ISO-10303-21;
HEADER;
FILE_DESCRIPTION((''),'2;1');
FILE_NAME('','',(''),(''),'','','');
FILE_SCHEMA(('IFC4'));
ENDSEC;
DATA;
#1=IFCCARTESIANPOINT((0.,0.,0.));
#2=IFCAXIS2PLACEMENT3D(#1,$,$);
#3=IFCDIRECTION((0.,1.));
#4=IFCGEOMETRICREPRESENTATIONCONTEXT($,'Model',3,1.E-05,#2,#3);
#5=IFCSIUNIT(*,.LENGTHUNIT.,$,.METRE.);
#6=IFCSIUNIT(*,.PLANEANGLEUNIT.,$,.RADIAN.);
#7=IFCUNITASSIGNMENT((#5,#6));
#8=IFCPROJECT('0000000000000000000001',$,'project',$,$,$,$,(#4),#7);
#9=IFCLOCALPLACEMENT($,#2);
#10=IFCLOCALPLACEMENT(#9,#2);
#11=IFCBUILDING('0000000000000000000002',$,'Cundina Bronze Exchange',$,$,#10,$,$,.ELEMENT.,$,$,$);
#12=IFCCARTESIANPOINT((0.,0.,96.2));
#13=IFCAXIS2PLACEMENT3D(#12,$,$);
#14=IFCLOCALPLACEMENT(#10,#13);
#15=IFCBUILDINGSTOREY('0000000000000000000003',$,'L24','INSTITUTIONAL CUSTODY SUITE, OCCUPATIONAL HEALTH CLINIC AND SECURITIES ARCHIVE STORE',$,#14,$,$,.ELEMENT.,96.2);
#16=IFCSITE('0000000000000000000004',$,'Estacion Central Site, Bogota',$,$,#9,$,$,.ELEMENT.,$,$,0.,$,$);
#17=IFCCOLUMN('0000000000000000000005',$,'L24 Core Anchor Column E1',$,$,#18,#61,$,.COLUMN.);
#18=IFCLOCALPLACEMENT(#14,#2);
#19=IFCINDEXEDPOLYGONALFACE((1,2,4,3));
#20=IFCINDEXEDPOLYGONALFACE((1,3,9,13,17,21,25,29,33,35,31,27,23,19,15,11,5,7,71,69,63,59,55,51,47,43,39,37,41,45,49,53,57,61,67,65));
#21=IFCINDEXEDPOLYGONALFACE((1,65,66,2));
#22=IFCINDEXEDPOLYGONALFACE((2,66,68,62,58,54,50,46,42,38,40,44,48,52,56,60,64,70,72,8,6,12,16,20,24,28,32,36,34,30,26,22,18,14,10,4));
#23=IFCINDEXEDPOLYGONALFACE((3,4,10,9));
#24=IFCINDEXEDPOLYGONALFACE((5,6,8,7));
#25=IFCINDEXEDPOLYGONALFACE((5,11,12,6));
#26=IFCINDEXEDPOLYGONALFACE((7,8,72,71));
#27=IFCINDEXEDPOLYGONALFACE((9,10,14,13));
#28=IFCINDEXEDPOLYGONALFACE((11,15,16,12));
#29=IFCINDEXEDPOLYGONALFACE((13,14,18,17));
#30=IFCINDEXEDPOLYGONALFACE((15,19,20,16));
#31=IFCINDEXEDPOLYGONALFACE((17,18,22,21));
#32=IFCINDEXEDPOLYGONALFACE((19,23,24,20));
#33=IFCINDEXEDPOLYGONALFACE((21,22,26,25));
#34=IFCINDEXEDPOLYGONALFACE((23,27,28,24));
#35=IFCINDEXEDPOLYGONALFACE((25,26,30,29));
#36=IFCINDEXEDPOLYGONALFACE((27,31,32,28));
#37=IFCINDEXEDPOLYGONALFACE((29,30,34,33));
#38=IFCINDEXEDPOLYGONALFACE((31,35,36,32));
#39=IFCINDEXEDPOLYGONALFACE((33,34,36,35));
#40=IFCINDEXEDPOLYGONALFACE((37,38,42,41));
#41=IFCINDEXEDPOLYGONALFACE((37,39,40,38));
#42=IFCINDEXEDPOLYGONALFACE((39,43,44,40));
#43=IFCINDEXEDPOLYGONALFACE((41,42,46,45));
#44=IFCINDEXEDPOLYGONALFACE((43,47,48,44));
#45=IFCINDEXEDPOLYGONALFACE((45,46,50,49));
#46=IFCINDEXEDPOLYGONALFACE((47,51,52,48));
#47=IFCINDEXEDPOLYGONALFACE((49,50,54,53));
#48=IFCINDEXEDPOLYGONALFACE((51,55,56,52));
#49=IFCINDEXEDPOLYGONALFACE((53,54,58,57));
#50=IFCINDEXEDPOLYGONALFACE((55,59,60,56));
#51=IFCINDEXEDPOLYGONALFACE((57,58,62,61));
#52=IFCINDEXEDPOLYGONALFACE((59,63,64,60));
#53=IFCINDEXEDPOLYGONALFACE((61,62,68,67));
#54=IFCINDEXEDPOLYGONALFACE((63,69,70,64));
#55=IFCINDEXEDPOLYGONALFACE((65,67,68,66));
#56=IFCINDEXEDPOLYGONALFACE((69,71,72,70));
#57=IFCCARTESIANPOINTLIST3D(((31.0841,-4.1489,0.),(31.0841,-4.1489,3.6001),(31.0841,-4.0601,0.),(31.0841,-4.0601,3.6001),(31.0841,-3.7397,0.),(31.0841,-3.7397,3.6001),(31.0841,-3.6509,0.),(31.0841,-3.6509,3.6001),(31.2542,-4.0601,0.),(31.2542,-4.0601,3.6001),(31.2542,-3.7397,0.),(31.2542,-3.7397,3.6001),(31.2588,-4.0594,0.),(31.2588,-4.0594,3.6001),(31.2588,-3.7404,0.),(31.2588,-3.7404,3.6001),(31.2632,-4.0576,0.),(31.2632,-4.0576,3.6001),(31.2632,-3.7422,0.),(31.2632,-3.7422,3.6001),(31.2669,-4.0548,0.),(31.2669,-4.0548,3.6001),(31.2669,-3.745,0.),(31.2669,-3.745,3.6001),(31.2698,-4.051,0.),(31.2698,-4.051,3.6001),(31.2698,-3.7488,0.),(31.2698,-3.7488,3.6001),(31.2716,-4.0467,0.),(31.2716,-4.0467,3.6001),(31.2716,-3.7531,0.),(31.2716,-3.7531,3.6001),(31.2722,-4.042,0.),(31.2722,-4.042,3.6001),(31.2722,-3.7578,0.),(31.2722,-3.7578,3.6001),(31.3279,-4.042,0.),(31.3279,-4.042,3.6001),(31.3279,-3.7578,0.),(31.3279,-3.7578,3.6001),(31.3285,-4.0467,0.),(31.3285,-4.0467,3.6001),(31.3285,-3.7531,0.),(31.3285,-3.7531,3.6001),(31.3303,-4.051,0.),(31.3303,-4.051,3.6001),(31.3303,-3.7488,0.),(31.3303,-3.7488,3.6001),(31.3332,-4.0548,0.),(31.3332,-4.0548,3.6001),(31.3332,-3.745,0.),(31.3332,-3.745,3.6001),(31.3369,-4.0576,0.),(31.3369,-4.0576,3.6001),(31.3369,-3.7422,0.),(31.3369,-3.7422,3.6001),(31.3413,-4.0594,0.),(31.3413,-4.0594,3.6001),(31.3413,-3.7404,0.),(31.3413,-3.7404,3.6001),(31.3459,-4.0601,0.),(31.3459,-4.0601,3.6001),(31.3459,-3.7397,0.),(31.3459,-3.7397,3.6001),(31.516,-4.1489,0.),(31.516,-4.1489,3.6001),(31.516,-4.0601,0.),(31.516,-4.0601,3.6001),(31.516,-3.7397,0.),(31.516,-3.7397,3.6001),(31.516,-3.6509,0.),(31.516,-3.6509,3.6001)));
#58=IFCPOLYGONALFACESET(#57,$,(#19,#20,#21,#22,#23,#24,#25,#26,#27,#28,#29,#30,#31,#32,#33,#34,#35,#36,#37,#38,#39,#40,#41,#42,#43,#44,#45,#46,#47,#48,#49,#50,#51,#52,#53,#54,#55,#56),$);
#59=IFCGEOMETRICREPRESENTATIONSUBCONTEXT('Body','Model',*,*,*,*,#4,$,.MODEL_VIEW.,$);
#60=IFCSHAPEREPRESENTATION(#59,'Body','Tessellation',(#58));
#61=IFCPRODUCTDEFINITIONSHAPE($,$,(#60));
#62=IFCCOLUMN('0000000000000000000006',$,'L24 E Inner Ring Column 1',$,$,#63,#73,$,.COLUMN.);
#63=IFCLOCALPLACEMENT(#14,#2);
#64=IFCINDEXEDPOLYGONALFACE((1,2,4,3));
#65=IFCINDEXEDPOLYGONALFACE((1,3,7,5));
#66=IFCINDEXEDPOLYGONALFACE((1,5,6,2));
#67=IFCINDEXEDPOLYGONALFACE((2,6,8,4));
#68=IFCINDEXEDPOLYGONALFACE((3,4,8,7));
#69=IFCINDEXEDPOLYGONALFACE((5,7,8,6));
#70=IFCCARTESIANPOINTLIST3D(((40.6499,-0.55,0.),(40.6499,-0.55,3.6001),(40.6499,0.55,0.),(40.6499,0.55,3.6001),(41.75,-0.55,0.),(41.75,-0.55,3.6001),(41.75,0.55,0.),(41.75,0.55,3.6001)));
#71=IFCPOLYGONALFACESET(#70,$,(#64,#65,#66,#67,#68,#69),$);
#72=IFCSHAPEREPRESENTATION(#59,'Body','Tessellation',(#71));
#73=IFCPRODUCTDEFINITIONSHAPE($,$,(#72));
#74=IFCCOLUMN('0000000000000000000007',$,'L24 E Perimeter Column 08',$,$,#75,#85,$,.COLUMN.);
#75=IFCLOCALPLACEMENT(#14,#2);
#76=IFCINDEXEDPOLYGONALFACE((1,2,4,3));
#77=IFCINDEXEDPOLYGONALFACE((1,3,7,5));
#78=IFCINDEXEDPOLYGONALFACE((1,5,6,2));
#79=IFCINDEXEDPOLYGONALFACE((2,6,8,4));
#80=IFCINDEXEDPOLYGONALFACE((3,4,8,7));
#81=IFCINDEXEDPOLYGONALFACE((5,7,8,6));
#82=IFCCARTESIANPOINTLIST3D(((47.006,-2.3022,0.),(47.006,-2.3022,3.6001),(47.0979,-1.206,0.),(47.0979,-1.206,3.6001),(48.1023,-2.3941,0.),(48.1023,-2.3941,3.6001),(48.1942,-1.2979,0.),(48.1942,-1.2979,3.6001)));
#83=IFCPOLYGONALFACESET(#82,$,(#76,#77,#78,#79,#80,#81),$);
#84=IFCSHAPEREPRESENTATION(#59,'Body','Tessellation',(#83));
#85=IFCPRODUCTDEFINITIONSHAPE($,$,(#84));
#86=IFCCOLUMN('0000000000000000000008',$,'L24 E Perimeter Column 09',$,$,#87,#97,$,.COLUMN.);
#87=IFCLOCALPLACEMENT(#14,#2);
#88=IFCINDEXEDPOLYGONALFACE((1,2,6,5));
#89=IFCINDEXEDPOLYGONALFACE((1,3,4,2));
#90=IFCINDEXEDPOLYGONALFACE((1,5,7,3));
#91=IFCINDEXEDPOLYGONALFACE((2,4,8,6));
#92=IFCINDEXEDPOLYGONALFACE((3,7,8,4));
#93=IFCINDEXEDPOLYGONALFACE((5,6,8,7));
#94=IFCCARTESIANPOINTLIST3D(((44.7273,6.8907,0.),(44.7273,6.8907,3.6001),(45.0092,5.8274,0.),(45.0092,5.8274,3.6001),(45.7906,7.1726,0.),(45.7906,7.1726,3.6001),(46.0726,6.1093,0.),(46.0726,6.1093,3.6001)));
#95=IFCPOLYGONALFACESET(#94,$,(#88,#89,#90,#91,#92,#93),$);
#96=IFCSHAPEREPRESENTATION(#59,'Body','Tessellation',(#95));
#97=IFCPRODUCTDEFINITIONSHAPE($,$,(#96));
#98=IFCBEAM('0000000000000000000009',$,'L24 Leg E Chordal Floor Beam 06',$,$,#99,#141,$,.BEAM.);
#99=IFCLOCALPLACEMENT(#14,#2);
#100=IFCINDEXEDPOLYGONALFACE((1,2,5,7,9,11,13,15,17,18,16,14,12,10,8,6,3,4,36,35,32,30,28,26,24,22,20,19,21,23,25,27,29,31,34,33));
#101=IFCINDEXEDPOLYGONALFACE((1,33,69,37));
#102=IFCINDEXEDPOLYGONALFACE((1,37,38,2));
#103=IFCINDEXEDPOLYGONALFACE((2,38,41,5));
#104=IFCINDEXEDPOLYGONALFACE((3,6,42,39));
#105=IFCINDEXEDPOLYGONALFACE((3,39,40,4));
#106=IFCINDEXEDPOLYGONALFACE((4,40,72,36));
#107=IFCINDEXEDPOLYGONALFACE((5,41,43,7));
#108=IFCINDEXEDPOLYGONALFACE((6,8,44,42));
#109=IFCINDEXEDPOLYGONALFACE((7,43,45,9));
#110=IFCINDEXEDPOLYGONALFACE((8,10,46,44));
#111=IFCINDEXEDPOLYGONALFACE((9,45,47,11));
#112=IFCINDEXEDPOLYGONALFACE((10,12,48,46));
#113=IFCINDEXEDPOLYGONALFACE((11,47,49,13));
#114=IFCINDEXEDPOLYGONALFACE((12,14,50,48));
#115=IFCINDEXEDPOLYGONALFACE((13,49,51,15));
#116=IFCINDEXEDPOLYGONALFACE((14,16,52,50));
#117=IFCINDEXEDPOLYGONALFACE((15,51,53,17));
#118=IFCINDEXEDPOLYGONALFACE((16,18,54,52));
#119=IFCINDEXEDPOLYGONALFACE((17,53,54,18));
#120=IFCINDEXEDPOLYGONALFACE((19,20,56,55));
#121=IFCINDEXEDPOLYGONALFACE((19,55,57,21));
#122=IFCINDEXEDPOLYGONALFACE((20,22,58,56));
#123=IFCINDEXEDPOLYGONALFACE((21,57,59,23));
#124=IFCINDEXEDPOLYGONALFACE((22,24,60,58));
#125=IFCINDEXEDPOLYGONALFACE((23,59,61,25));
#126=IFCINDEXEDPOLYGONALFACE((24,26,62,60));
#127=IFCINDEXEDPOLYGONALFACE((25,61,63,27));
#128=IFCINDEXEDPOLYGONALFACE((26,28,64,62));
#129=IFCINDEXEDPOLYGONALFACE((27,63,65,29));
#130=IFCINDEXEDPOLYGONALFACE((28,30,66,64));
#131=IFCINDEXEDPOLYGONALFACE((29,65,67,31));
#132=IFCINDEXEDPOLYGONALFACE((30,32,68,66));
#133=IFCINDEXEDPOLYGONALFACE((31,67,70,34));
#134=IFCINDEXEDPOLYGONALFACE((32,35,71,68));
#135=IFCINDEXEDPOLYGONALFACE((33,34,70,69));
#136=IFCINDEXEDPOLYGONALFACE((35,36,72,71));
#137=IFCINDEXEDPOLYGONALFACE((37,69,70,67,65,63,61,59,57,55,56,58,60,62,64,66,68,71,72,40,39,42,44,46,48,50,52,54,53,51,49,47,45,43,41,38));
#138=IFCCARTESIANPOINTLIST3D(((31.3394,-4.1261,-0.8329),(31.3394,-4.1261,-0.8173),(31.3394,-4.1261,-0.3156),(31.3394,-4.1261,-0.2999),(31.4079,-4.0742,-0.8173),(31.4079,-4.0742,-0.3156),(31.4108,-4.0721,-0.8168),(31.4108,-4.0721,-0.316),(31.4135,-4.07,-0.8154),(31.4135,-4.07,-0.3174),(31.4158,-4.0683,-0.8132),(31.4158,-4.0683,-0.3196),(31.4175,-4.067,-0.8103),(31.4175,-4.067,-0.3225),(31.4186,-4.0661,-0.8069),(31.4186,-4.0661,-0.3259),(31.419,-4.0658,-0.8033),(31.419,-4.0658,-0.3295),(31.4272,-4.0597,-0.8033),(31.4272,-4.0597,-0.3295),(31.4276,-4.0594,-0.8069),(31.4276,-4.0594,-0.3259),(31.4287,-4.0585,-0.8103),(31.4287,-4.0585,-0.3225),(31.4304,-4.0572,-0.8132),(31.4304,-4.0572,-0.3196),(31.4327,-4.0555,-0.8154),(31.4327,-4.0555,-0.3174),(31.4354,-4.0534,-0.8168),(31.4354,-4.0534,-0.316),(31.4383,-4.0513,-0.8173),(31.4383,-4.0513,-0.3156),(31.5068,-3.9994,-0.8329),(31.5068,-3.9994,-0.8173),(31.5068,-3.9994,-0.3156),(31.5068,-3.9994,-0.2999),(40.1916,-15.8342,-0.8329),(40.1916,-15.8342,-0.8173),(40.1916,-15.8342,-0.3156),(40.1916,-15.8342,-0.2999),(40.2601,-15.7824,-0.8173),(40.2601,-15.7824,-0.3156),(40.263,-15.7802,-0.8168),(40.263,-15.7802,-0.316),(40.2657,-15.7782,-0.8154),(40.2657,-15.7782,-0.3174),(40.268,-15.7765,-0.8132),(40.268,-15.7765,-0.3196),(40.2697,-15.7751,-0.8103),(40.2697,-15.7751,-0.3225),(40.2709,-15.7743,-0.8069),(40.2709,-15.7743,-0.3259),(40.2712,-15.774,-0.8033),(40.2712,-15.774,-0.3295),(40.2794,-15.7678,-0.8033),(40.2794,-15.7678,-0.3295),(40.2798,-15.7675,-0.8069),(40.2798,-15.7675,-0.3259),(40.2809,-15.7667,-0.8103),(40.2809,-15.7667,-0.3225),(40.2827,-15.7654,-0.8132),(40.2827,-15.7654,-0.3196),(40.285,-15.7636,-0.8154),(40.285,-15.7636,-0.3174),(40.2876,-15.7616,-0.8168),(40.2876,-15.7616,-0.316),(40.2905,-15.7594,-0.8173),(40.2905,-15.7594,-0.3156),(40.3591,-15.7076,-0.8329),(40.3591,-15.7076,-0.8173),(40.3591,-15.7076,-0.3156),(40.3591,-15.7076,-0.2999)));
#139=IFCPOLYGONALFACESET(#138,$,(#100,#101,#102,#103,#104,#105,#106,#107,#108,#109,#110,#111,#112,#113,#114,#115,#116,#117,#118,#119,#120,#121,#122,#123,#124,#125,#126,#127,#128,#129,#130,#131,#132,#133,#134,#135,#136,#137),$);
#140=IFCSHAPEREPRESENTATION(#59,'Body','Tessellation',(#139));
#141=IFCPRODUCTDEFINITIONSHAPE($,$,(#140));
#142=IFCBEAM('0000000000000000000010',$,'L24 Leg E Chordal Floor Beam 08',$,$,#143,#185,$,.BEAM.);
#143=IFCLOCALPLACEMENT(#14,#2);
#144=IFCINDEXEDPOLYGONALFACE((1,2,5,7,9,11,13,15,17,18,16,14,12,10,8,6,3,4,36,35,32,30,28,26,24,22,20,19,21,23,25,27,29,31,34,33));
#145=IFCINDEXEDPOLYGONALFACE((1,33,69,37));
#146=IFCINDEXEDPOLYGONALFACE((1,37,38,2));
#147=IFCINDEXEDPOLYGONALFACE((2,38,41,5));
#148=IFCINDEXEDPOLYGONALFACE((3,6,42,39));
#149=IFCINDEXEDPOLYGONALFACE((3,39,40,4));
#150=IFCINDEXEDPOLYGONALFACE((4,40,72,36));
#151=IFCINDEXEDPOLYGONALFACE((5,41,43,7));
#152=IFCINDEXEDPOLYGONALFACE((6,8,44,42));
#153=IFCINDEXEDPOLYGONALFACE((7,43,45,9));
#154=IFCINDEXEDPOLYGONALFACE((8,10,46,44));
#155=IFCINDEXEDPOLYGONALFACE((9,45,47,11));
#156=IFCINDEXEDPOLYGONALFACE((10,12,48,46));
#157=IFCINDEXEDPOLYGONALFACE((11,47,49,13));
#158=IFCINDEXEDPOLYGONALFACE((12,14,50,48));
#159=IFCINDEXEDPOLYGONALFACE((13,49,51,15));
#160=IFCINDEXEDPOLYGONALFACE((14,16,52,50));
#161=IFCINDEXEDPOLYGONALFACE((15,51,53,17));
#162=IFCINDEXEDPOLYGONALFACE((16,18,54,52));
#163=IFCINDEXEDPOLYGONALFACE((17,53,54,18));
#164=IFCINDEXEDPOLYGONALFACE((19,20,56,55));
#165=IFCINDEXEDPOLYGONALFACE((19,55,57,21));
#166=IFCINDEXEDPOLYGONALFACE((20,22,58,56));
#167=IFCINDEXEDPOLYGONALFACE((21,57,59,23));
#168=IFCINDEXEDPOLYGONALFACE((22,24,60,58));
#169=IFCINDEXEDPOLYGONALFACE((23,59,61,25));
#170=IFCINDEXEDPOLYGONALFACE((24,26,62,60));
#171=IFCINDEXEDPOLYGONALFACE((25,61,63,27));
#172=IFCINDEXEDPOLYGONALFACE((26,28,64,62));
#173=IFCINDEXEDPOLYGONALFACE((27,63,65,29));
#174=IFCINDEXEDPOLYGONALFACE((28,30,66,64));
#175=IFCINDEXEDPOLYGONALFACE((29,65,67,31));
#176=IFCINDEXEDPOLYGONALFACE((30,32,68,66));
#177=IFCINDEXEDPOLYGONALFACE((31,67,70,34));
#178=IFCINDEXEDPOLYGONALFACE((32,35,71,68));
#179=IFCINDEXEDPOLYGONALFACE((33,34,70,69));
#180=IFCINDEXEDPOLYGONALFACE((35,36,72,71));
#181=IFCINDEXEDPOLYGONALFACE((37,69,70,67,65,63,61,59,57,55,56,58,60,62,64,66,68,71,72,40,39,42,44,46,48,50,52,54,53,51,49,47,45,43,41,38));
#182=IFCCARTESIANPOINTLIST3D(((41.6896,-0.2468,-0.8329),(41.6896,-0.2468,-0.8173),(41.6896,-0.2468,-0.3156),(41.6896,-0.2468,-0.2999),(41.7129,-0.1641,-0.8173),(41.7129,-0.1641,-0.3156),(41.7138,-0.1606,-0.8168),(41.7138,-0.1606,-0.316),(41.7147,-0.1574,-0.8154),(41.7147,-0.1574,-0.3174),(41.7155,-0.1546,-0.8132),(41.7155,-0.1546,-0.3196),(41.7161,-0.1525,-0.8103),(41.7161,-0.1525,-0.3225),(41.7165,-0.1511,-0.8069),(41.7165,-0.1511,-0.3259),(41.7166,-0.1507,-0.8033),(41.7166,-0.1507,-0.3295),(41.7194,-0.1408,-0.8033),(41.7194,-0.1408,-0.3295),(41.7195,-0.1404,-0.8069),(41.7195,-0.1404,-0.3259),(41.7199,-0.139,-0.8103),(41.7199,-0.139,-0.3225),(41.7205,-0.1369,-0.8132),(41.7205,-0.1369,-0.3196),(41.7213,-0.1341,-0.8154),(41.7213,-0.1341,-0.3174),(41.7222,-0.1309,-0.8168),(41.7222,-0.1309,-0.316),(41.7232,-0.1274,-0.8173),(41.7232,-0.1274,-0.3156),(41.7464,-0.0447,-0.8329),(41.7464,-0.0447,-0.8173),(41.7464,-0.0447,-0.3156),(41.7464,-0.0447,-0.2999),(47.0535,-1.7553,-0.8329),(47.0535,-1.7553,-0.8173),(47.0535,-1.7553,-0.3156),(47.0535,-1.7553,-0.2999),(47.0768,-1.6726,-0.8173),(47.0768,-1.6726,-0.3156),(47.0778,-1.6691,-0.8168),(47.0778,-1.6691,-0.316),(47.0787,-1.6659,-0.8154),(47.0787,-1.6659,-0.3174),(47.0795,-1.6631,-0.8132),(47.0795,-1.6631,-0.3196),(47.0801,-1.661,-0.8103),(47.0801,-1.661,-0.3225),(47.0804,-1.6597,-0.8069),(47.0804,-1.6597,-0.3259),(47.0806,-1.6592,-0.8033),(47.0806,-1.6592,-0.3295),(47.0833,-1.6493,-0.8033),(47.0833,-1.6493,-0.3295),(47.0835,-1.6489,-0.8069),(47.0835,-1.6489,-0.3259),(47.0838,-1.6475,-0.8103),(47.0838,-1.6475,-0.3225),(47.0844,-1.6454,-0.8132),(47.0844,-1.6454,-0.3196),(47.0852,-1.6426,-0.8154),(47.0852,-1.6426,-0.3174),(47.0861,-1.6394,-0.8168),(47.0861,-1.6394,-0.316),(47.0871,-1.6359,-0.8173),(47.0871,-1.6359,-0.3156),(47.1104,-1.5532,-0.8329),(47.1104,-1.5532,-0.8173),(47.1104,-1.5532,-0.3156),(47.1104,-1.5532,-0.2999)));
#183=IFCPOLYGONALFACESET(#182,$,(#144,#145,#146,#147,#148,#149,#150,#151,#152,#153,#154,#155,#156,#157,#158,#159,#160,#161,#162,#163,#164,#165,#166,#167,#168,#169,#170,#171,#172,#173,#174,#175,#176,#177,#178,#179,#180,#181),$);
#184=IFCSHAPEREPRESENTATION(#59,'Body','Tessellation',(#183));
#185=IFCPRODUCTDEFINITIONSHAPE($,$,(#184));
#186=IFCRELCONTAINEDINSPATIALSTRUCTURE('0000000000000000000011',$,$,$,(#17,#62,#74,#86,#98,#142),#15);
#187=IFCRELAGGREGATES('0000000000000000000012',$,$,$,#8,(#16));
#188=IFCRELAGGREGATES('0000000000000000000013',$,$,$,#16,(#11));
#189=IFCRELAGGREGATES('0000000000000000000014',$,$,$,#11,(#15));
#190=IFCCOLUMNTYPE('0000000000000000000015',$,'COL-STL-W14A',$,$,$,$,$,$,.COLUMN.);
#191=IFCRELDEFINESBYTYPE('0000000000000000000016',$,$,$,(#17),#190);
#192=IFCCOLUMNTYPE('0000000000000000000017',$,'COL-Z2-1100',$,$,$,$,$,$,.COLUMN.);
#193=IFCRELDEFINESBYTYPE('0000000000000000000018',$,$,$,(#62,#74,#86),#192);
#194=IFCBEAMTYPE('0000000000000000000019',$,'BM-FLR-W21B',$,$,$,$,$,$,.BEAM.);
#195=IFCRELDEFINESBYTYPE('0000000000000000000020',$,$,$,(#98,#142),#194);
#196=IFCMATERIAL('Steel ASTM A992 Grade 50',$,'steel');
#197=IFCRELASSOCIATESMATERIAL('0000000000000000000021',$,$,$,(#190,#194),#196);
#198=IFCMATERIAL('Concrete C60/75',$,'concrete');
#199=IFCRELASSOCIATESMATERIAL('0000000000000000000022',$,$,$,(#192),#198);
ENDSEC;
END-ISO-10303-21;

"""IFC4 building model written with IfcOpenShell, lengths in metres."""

from ifc_helpers import new_model, si_unit, direction, frame, origin, origin_2d, place, context, subcontext, project, spatial, rectangle, i_section, extrude, material, material_profile, profile_set, type_object, element, save


model = new_model("IFC4")

# Units and contexts
model_context = context("Model", 3, precision=1e-05, world=origin(), true_north=direction((0.0, 1.0)))
body_context = subcontext(model_context, "Body", "Model", "MODEL_VIEW")
ifc_project = project(units=[si_unit("LENGTHUNIT", "METRE"), si_unit("PLANEANGLEUNIT", "RADIAN")], contexts=[model_context])

# Site, building, storey
site_placement = place(None, origin())
site = spatial("IfcSite", under=ifc_project, at=site_placement, Name="Estacion Central Site, Bogota", CompositionType="ELEMENT", RefElevation=0.0)
building_placement = place(site_placement, origin())
building = spatial("IfcBuilding", under=site, at=building_placement, Name="Cundina Bronze Exchange", CompositionType="ELEMENT")
storey_placement = place(building_placement, frame((0.0, 0.0, 96.2)))
storey = spatial("IfcBuildingStorey", under=building, at=storey_placement, Name="L24", Description="INSTITUTIONAL CUSTODY SUITE, OCCUPATIONAL HEALTH CLINIC AND SECURITIES ARCHIVE STORE", CompositionType="ELEMENT", Elevation=96.2)

# Columns
ifc_material_1 = material(Name="Steel ASTM A992 Grade 50", Category="steel")
ifc_material_profile_1 = material_profile(ifc_material_1, i_section(OverallWidth=0.4319, OverallDepth=0.498, WebThickness=0.0557, FlangeThickness=0.0889, FilletRadius=0.0181, at=origin_2d()), Name="W14X500", Category="steel")
ifc_profile_set_1 = profile_set([ifc_material_profile_1], Name="Steel ASTM A992 Grade 50")
column_type_1 = type_object("IfcColumnType", Name="COL-STL-W14A", PredefinedType="COLUMN", material=ifc_profile_set_1)
column_placement = place(storey_placement, frame((31.3, -3.8999, 0.0), z_axis=(0.0, 0.0, 1.0), x_axis=(1.0, 0.0, 0.0)))
element("IfcColumn", 1, at=column_placement, inside=storey, type_object=column_type_1, Name="L24 Core Anchor Column E1", PredefinedType="COLUMN", context=body_context, shape_type="SweptSolid", body=[
    extrude(i_section(OverallWidth=0.4319, OverallDepth=0.498, WebThickness=0.0557, FlangeThickness=0.0889, FilletRadius=0.0181, at=origin_2d()), origin(), (0.0, 0.0, 1.0), 3.6001),
])
ifc_material_2 = material(Name="Concrete C60/75", Category="concrete")
ifc_material_profile_2 = material_profile(ifc_material_2, rectangle(XDim=1.1001, YDim=1.1001, at=origin_2d()), Name="RC1100X1100", Category="concrete")
ifc_profile_set_2 = profile_set([ifc_material_profile_2], Name="Concrete C60/75")
column_type_2 = type_object("IfcColumnType", Name="COL-Z2-1100", PredefinedType="COLUMN", material=ifc_profile_set_2)
for number, where, z_axis, x_axis, name in (
    (2, (41.2, 0.0, 0.0), (0.0, 0.0, 1.0), (1.0, 0.0, 0.0), "L24 E Inner Ring Column 1"),
    (3, (47.6001, -1.8, 0.0), (0.0, 0.0, 1.0), (0.083504, 0.996507, 0.0), "L24 E Perimeter Column 08"),
    (4, (45.3999, 6.5, 0.0), (0.0, 0.0, 1.0), (-0.256289, 0.9666, 0.0), "L24 E Perimeter Column 09"),
):
    element("IfcColumn", number, at=place(storey_placement, frame(where, z_axis=z_axis, x_axis=x_axis)), inside=storey, type_object=column_type_2, Name=name, PredefinedType="COLUMN", context=body_context, shape_type="SweptSolid", body=[
        extrude(rectangle(XDim=1.1001, YDim=1.1001, at=origin_2d()), origin(), (0.0, 0.0, 1.0), 3.6001),
    ])

# Beams
ifc_material_profile_3 = material_profile(ifc_material_1, i_section(OverallWidth=0.21, OverallDepth=0.533, WebThickness=0.0103, FlangeThickness=0.0156, FilletRadius=0.0139, at=origin_2d()), Name="W21X62", Category="steel")
ifc_profile_set_3 = profile_set([ifc_material_profile_3], Name="Steel ASTM A992 Grade 50")
beam_type_1 = type_object("IfcBeamType", Name="BM-FLR-W21B", PredefinedType="BEAM", material=ifc_profile_set_3)
beam_1_placement = place(storey_placement, frame((31.4231, -4.0627, -0.5664), z_axis=(0.603096, -0.797669, 0.0), x_axis=(0.797669, 0.603096, 0.0)))
element("IfcBeam", 5, at=beam_1_placement, inside=storey, type_object=beam_type_1, Name="L24 Leg E Chordal Floor Beam 06", PredefinedType="BEAM", context=body_context, shape_type="SweptSolid", body=[
    extrude(i_section(OverallWidth=0.21, OverallDepth=0.533, WebThickness=0.0103, FlangeThickness=0.0156, FilletRadius=0.0139, at=origin_2d()), origin(), (0.0, 0.0, 1.0), 14.678),
])
beam_2_placement = place(storey_placement, frame((41.718, -0.1458, -0.5664), z_axis=(0.962655, -0.270732, 0.0), x_axis=(0.270732, 0.962655, 0.0)))
element("IfcBeam", 6, at=beam_2_placement, inside=storey, type_object=beam_type_1, Name="L24 Leg E Chordal Floor Beam 08", PredefinedType="BEAM", context=body_context, shape_type="SweptSolid", body=[
    extrude(i_section(OverallWidth=0.21, OverallDepth=0.533, WebThickness=0.0103, FlangeThickness=0.0156, FilletRadius=0.0139, at=origin_2d()), origin(), (0.0, 0.0, 1.0), 5.572),
])

save(model, "model.ifc")
